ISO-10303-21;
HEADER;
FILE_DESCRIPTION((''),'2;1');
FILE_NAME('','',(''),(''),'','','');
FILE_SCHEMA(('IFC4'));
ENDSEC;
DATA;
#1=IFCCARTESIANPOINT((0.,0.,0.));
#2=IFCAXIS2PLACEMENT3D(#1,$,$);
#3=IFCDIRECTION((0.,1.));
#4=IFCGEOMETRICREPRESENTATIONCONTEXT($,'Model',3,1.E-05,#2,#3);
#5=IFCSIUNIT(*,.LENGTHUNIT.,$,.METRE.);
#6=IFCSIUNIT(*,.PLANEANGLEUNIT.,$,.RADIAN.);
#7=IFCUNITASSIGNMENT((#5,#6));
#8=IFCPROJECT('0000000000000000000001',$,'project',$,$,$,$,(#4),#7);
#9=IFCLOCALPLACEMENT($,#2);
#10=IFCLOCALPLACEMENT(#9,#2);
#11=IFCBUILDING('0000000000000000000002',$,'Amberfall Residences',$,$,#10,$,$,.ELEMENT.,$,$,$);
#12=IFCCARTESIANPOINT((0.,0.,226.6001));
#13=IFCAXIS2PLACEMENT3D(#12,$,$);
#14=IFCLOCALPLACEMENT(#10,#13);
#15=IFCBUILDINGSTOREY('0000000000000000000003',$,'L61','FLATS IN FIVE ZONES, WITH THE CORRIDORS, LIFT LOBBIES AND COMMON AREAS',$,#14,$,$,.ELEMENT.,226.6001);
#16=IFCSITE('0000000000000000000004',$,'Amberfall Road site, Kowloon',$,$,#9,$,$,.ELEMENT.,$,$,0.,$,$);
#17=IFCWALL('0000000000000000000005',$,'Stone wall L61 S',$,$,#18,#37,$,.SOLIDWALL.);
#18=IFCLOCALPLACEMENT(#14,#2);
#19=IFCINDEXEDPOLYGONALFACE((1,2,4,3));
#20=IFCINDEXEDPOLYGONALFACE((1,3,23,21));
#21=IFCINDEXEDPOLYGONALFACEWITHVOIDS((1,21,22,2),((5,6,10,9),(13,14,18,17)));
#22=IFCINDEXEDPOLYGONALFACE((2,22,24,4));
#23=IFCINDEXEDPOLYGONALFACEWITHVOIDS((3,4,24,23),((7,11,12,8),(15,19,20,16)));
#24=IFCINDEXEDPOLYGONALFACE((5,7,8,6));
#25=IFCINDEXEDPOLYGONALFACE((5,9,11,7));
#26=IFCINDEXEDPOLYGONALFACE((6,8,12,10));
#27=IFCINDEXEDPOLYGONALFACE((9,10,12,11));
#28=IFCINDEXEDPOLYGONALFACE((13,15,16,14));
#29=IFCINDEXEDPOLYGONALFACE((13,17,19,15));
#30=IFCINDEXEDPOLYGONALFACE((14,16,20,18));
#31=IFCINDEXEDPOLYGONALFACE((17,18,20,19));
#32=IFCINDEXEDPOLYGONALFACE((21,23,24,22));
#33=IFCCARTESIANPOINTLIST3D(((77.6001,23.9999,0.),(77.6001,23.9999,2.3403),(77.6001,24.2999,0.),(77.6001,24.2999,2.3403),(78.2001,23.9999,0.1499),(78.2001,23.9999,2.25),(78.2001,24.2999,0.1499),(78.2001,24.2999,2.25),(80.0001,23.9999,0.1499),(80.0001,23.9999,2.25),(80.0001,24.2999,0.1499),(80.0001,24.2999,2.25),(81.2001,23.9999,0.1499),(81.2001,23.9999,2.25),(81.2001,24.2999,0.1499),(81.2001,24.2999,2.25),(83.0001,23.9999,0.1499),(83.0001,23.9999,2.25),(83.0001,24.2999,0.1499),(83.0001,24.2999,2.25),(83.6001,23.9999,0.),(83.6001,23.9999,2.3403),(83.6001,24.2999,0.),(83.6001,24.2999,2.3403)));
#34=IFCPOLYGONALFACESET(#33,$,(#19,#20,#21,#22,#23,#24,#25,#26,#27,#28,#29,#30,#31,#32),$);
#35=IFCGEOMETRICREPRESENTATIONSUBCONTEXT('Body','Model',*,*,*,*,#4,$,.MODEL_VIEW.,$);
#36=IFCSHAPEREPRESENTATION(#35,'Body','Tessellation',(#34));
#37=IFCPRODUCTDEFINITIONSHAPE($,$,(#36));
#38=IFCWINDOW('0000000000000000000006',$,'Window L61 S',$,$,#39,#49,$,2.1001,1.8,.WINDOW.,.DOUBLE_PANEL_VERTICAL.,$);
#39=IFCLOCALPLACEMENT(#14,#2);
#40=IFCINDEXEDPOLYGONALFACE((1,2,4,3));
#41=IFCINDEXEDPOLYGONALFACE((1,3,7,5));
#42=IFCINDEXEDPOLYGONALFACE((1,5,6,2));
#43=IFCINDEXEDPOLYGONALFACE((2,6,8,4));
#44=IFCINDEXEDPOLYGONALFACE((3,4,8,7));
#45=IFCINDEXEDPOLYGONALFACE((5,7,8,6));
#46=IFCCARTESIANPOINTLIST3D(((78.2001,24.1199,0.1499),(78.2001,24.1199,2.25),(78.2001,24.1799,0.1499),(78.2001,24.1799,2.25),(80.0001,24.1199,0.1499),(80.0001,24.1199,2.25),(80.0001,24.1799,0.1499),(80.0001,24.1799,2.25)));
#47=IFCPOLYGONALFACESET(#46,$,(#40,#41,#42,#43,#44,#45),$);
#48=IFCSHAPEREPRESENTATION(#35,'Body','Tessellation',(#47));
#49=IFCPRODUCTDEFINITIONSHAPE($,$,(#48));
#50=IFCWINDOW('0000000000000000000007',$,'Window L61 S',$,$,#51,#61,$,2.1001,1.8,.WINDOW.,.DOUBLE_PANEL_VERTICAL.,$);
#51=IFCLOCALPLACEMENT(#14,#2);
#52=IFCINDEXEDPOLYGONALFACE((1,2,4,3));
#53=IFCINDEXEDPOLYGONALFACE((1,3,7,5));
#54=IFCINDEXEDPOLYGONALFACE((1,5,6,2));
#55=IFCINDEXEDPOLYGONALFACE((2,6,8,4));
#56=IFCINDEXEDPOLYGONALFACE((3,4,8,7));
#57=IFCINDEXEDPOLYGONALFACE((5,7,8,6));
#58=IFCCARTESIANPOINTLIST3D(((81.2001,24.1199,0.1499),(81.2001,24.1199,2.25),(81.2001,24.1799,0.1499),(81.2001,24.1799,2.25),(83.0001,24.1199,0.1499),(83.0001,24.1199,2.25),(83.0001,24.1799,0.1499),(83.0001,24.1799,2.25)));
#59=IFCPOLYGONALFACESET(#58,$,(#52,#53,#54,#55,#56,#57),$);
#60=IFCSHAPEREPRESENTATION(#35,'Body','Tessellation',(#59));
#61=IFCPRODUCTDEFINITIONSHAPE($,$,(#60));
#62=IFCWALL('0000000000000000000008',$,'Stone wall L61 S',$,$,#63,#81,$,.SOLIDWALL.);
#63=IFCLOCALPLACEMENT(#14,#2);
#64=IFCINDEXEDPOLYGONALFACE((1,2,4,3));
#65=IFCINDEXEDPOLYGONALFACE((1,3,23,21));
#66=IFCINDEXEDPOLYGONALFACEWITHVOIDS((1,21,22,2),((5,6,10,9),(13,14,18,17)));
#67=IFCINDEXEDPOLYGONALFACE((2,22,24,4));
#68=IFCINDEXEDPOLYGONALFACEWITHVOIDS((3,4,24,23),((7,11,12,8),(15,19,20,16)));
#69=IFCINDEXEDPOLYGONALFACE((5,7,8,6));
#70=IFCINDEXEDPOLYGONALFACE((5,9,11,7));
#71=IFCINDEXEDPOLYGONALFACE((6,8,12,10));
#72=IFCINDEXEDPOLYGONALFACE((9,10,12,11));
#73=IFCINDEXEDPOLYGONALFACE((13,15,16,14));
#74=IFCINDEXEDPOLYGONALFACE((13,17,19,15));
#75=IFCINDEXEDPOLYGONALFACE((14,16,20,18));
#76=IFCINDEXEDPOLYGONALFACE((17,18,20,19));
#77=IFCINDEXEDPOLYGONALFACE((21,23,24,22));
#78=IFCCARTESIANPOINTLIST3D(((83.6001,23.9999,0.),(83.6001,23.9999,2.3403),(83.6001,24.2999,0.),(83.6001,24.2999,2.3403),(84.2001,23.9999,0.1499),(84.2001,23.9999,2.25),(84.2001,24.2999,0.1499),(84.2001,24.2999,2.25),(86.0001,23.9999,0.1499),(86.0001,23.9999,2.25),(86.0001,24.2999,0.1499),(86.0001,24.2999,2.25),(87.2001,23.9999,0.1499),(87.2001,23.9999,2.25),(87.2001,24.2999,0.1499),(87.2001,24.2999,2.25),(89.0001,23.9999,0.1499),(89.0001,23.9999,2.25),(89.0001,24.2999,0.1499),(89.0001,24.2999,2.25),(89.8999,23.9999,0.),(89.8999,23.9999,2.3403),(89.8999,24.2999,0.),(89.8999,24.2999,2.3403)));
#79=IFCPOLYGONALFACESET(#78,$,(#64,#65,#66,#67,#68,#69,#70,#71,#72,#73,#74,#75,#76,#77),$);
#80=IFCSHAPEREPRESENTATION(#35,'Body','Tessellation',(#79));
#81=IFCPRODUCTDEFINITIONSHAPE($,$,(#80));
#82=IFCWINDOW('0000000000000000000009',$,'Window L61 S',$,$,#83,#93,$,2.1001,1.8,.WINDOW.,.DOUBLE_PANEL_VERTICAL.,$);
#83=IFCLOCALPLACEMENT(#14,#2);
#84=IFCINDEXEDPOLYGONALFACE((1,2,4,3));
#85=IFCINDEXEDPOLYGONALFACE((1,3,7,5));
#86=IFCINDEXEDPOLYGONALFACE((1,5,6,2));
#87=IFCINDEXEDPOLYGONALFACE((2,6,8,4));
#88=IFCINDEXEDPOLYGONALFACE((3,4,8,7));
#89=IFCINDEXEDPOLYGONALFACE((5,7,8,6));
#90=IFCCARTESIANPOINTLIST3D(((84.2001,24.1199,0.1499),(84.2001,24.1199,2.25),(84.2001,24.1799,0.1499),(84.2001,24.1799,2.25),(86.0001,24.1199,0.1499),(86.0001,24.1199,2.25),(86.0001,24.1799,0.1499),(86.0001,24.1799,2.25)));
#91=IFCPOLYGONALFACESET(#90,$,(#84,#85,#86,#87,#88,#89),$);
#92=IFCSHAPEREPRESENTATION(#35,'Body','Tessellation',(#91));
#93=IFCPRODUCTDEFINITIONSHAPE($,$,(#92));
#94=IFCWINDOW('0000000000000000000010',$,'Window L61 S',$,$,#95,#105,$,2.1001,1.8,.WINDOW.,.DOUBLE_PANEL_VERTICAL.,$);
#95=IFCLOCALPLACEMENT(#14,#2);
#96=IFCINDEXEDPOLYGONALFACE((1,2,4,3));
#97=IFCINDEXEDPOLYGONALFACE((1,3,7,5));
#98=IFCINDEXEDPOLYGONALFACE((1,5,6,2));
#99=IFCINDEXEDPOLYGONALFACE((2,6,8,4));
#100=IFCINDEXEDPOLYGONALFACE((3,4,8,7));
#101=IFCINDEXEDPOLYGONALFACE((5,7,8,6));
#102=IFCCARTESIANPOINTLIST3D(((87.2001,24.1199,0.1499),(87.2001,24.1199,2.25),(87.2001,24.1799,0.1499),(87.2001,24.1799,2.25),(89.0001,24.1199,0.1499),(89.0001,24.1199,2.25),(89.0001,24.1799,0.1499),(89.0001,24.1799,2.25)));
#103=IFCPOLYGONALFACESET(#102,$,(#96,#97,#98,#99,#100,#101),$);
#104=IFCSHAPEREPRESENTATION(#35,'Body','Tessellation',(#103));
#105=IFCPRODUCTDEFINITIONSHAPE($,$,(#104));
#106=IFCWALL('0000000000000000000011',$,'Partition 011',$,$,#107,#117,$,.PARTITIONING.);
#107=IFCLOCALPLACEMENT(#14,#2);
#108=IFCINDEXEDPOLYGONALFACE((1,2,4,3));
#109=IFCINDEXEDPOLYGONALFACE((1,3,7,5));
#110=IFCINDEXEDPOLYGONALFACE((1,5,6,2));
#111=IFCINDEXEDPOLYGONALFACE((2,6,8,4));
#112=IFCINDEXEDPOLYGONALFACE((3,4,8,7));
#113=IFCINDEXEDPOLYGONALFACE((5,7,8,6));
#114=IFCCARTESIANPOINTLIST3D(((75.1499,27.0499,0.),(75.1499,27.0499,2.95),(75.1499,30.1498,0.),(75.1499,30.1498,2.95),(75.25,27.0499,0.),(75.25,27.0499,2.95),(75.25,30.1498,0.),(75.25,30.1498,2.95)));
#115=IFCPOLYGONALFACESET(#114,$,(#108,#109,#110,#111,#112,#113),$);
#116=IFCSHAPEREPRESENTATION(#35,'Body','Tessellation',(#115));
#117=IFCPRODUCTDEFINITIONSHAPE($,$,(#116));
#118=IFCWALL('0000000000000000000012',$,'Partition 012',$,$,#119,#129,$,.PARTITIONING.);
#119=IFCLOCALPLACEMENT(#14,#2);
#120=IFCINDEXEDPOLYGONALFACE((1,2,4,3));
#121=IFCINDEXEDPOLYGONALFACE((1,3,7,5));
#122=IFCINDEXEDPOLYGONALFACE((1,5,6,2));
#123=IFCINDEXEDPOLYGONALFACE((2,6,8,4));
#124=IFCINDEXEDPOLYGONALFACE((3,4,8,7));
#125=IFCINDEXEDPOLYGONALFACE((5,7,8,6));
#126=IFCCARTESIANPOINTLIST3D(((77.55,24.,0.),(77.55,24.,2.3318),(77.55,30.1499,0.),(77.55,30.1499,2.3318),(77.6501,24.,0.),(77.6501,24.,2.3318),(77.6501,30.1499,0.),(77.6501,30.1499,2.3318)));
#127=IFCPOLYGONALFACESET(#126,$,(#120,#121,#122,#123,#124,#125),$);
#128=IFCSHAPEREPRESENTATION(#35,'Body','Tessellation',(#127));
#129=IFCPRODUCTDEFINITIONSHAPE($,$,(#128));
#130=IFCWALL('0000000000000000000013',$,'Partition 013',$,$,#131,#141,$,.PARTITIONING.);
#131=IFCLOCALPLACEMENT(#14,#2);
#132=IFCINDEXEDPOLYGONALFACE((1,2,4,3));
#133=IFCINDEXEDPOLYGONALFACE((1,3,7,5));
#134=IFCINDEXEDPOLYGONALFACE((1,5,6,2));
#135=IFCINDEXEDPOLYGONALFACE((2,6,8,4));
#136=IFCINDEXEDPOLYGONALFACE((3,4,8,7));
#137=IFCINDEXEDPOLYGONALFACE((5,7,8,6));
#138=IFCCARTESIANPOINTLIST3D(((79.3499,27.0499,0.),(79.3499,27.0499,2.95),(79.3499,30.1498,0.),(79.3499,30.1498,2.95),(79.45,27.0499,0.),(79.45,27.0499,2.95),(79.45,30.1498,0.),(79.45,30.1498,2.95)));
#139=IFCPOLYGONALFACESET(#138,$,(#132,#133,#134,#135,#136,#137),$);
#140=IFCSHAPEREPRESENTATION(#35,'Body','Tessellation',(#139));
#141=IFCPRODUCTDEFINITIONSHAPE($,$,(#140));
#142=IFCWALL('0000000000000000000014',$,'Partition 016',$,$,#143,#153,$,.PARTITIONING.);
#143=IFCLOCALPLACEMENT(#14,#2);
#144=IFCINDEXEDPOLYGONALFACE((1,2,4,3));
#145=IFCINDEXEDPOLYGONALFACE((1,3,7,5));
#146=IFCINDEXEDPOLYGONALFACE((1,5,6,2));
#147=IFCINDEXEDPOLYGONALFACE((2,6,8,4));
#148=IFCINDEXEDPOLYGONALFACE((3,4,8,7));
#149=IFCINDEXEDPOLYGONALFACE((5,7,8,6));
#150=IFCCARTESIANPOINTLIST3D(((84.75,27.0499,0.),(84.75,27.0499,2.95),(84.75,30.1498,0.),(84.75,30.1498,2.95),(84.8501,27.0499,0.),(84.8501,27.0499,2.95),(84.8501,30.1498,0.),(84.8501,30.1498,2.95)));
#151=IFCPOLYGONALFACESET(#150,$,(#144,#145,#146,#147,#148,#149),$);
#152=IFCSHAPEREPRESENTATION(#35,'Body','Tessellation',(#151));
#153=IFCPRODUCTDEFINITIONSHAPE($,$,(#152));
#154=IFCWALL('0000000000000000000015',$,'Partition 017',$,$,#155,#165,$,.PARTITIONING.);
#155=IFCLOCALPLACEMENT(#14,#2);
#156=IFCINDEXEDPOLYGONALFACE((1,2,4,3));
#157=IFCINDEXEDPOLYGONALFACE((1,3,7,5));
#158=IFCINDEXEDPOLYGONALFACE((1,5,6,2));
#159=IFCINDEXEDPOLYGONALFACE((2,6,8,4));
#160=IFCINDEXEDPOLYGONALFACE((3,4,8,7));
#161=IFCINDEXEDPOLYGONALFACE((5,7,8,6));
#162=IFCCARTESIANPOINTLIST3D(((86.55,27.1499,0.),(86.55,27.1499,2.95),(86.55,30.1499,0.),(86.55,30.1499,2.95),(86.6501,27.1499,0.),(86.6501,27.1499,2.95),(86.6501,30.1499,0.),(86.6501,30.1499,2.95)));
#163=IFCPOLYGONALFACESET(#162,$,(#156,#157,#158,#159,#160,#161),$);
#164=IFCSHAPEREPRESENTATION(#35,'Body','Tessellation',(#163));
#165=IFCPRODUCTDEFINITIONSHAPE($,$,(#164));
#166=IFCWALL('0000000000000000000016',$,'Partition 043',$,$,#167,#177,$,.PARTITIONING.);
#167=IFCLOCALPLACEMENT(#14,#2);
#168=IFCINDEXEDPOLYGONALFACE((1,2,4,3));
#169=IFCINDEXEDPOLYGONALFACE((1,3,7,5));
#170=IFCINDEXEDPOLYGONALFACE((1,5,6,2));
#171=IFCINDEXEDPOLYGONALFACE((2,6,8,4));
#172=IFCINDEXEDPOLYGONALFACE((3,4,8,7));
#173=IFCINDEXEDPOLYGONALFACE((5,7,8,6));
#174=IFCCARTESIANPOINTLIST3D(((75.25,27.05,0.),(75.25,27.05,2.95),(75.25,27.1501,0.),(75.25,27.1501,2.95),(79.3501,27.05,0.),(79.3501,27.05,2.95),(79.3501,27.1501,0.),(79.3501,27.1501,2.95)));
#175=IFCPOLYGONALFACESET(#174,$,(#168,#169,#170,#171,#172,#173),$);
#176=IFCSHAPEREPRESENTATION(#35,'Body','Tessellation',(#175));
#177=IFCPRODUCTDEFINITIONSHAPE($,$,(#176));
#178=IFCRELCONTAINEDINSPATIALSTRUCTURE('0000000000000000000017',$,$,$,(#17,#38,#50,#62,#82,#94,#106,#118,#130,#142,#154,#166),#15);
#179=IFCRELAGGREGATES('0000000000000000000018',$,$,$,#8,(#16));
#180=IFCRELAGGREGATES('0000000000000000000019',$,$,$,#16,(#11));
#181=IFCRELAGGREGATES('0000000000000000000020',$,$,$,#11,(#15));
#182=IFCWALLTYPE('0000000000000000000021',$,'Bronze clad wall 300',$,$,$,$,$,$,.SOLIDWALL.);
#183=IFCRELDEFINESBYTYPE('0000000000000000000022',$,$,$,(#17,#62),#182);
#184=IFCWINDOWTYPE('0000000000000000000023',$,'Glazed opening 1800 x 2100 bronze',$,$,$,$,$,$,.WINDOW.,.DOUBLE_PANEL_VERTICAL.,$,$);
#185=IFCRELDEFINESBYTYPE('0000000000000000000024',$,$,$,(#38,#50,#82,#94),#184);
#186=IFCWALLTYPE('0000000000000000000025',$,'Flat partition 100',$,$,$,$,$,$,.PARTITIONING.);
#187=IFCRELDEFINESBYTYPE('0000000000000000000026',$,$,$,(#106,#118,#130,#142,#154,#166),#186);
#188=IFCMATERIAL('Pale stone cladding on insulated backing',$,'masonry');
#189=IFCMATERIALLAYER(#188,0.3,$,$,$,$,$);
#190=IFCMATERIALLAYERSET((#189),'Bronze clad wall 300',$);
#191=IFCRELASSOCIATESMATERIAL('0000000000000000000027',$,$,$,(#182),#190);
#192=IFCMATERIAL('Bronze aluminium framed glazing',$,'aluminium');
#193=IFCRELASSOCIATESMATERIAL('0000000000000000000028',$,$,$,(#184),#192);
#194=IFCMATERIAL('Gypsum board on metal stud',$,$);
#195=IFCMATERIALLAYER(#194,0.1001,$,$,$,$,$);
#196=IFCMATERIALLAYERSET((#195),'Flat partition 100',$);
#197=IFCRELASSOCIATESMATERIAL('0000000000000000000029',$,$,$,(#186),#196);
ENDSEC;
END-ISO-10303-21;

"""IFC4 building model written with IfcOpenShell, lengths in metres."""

from ifc_helpers import new_model, si_unit, direction, frame, frame_2d, origin, place, context, subcontext, project, spatial, rectangle, extrude, material, layer, layer_set, type_object, element, fill, save


model = new_model("IFC4")

# Units and contexts
model_context = context("Model", 3, precision=1e-05, world=origin(), true_north=direction((0.0, 1.0)))
body_context = subcontext(model_context, "Body", "Model", "MODEL_VIEW")
ifc_project = project(units=[si_unit("LENGTHUNIT", "METRE"), si_unit("PLANEANGLEUNIT", "RADIAN")], contexts=[model_context])

# Site, building, storey
site_placement = place(None, origin())
site = spatial("IfcSite", under=ifc_project, at=site_placement, Name="Amberfall Road site, Kowloon", CompositionType="ELEMENT", RefElevation=0.0)
building_placement = place(site_placement, origin())
building = spatial("IfcBuilding", under=site, at=building_placement, Name="Amberfall Residences", CompositionType="ELEMENT")
storey_placement = place(building_placement, frame((0.0, 0.0, 226.6001)))
storey = spatial("IfcBuildingStorey", under=building, at=storey_placement, Name="L61", Description="FLATS IN FIVE ZONES, WITH THE CORRIDORS, LIFT LOBBIES AND COMMON AREAS", CompositionType="ELEMENT", Elevation=226.6001)

# Shared definitions
ifc_material_1 = material(Name="Pale stone cladding on insulated backing", Category="masonry")
ifc_layer_1 = layer(ifc_material_1, 0.3)
ifc_layer_set_1 = layer_set([ifc_layer_1], Name="Bronze clad wall 300")
wall_type_1 = type_object("IfcWallType", Name="Bronze clad wall 300", PredefinedType="SOLIDWALL", material=ifc_layer_set_1)

# Walls, openings, windows
wall_1_placement = place(storey_placement, frame((77.6001, 24.1499, 0.0), z_axis=(0.0, 0.0, 1.0), x_axis=(1.0, 0.0, 0.0)))
wall_1 = element("IfcWall", 1, at=wall_1_placement, inside=storey, type_object=wall_type_1, Name="Stone wall L61 S", PredefinedType="SOLIDWALL", context=body_context, shape_type="SweptSolid", body=[
    extrude(rectangle(XDim=6.0, YDim=0.3, at=frame_2d((3.0, 0.0))), origin(), (0.0, 0.0, 1.0), 2.3403),
])
opening_1_placement = place(wall_1_placement, frame((0.6001, 0.0, 0.1499)))
opening_1 = element("IfcOpeningElement", 2, at=opening_1_placement, cuts=wall_1, PredefinedType="OPENING", context=body_context, shape_type="SweptSolid", body=[
    extrude(rectangle(XDim=1.8, YDim=2.1001, at=frame_2d((0.8999, 1.05))), frame((0.0, 0.1599, 0.0), z_axis=(0.0, -1.0, 0.0), x_axis=(1.0, 0.0, 0.0)), (0.0, 0.0, 1.0), 0.3201),
])
opening_2_placement = place(wall_1_placement, frame((3.6001, 0.0, 0.1499)))
opening_2 = element("IfcOpeningElement", 3, at=opening_2_placement, cuts=wall_1, PredefinedType="OPENING", context=body_context, shape_type="SweptSolid", body=[
    extrude(rectangle(XDim=1.8, YDim=2.1001, at=frame_2d((0.8999, 1.05))), frame((0.0, 0.1599, 0.0), z_axis=(0.0, -1.0, 0.0), x_axis=(1.0, 0.0, 0.0)), (0.0, 0.0, 1.0), 0.3201),
])
ifc_material_2 = material(Name="Bronze aluminium framed glazing", Category="aluminium")
window_type = type_object("IfcWindowType", Name="Glazed opening 1800 x 2100 bronze", PartitioningType="DOUBLE_PANEL_VERTICAL", PredefinedType="WINDOW", material=ifc_material_2)
window_1_placement = place(opening_1_placement, origin())
window_1 = element("IfcWindow", 4, at=window_1_placement, inside=storey, type_object=window_type, Name="Window L61 S", OverallHeight=2.1001, OverallWidth=1.8, PartitioningType="DOUBLE_PANEL_VERTICAL", PredefinedType="WINDOW", context=body_context, shape_type="SweptSolid", body=[
    extrude(rectangle(XDim=1.8, YDim=2.1001, at=frame_2d((0.8999, 1.05))), frame((0.0, 0.03, 0.0), z_axis=(0.0, -1.0, 0.0), x_axis=(1.0, 0.0, 0.0)), (0.0, 0.0, 1.0), 0.0601),
])
fill(opening_1, window_1)
window_2_placement = place(opening_2_placement, origin())
window_2 = element("IfcWindow", 5, at=window_2_placement, inside=storey, type_object=window_type, Name="Window L61 S", OverallHeight=2.1001, OverallWidth=1.8, PartitioningType="DOUBLE_PANEL_VERTICAL", PredefinedType="WINDOW", context=body_context, shape_type="SweptSolid", body=[
    extrude(rectangle(XDim=1.8, YDim=2.1001, at=frame_2d((0.8999, 1.05))), frame((0.0, 0.03, 0.0), z_axis=(0.0, -1.0, 0.0), x_axis=(1.0, 0.0, 0.0)), (0.0, 0.0, 1.0), 0.0601),
])
fill(opening_2, window_2)
wall_2_placement = place(storey_placement, frame((83.6001, 24.1499, 0.0), z_axis=(0.0, 0.0, 1.0), x_axis=(1.0, 0.0, 0.0)))
wall_2 = element("IfcWall", 6, at=wall_2_placement, inside=storey, type_object=wall_type_1, Name="Stone wall L61 S", PredefinedType="SOLIDWALL", context=body_context, shape_type="SweptSolid", body=[
    extrude(rectangle(XDim=6.2998, YDim=0.3, at=frame_2d((3.1499, 0.0))), origin(), (0.0, 0.0, 1.0), 2.3403),
])
opening_3_placement = place(wall_2_placement, frame((0.6001, 0.0, 0.1499)))
opening_3 = element("IfcOpeningElement", 7, at=opening_3_placement, cuts=wall_2, PredefinedType="OPENING", context=body_context, shape_type="SweptSolid", body=[
    extrude(rectangle(XDim=1.8, YDim=2.1001, at=frame_2d((0.8999, 1.05))), frame((0.0, 0.1599, 0.0), z_axis=(0.0, -1.0, 0.0), x_axis=(1.0, 0.0, 0.0)), (0.0, 0.0, 1.0), 0.3201),
])
opening_4_placement = place(wall_2_placement, frame((3.6001, 0.0, 0.1499)))
opening_4 = element("IfcOpeningElement", 8, at=opening_4_placement, cuts=wall_2, PredefinedType="OPENING", context=body_context, shape_type="SweptSolid", body=[
    extrude(rectangle(XDim=1.8, YDim=2.1001, at=frame_2d((0.8999, 1.05))), frame((0.0, 0.1599, 0.0), z_axis=(0.0, -1.0, 0.0), x_axis=(1.0, 0.0, 0.0)), (0.0, 0.0, 1.0), 0.3201),
])
window_3_placement = place(opening_3_placement, origin())
window_3 = element("IfcWindow", 9, at=window_3_placement, inside=storey, type_object=window_type, Name="Window L61 S", OverallHeight=2.1001, OverallWidth=1.8, PartitioningType="DOUBLE_PANEL_VERTICAL", PredefinedType="WINDOW", context=body_context, shape_type="SweptSolid", body=[
    extrude(rectangle(XDim=1.8, YDim=2.1001, at=frame_2d((0.8999, 1.05))), frame((0.0, 0.03, 0.0), z_axis=(0.0, -1.0, 0.0), x_axis=(1.0, 0.0, 0.0)), (0.0, 0.0, 1.0), 0.0601),
])
fill(opening_3, window_3)
window_4_placement = place(opening_4_placement, origin())
window_4 = element("IfcWindow", 10, at=window_4_placement, inside=storey, type_object=window_type, Name="Window L61 S", OverallHeight=2.1001, OverallWidth=1.8, PartitioningType="DOUBLE_PANEL_VERTICAL", PredefinedType="WINDOW", context=body_context, shape_type="SweptSolid", body=[
    extrude(rectangle(XDim=1.8, YDim=2.1001, at=frame_2d((0.8999, 1.05))), frame((0.0, 0.03, 0.0), z_axis=(0.0, -1.0, 0.0), x_axis=(1.0, 0.0, 0.0)), (0.0, 0.0, 1.0), 0.0601),
])
fill(opening_4, window_4)

# Walls
ifc_material_3 = material(Name="Gypsum board on metal stud")
ifc_layer_2 = layer(ifc_material_3, 0.1001)
ifc_layer_set_2 = layer_set([ifc_layer_2], Name="Flat partition 100")
wall_type_2 = type_object("IfcWallType", Name="Flat partition 100", PredefinedType="PARTITIONING", material=ifc_layer_set_2)
wall_3_placement = place(storey_placement, frame((75.2, 27.05, 0.0), z_axis=(0.0, 0.0, 1.0), x_axis=(0.0, 1.0, 0.0)))
element("IfcWall", 11, at=wall_3_placement, inside=storey, type_object=wall_type_2, Name="Partition 011", PredefinedType="PARTITIONING", context=body_context, shape_type="SweptSolid", body=[
    extrude(rectangle(XDim=3.0999, YDim=0.1001, at=frame_2d((1.5498, 0.0))), origin(), (0.0, 0.0, 1.0), 2.95),
])
wall_4_placement = place(storey_placement, frame((77.6001, 24.0, 0.0), z_axis=(0.0, 0.0, 1.0), x_axis=(0.0, 1.0, 0.0)))
element("IfcWall", 12, at=wall_4_placement, inside=storey, type_object=wall_type_2, Name="Partition 012", PredefinedType="PARTITIONING", context=body_context, shape_type="SweptSolid", body=[
    extrude(rectangle(XDim=6.1499, YDim=0.1001, at=frame_2d((3.075, 0.0))), origin(), (0.0, 0.0, 1.0), 2.3318),
])
for number, where, z_axis, x_axis, name in (
    (13, (79.3999, 27.05, 0.0), (0.0, 0.0, 1.0), (0.0, 1.0, 0.0), "Partition 013"),
    (14, (84.8, 27.05, 0.0), (0.0, 0.0, 1.0), (0.0, 1.0, 0.0), "Partition 016"),
):
    element("IfcWall", number, at=place(storey_placement, frame(where, z_axis=z_axis, x_axis=x_axis)), inside=storey, type_object=wall_type_2, Name=name, PredefinedType="PARTITIONING", context=body_context, shape_type="SweptSolid", body=[
        extrude(rectangle(XDim=3.0999, YDim=0.1001, at=frame_2d((1.5498, 0.0))), origin(), (0.0, 0.0, 1.0), 2.95),
    ])
wall_5_placement = place(storey_placement, frame((86.6001, 27.1499, 0.0), z_axis=(0.0, 0.0, 1.0), x_axis=(0.0, 1.0, 0.0)))
element("IfcWall", 15, at=wall_5_placement, inside=storey, type_object=wall_type_2, Name="Partition 017", PredefinedType="PARTITIONING", context=body_context, shape_type="SweptSolid", body=[
    extrude(rectangle(XDim=3.0, YDim=0.1001, at=frame_2d((1.5, 0.0))), origin(), (0.0, 0.0, 1.0), 2.95),
])
wall_6_placement = place(storey_placement, frame((75.25, 27.1001, 0.0), z_axis=(0.0, 0.0, 1.0), x_axis=(1.0, 0.0, 0.0)))
element("IfcWall", 16, at=wall_6_placement, inside=storey, type_object=wall_type_2, Name="Partition 043", PredefinedType="PARTITIONING", context=body_context, shape_type="SweptSolid", body=[
    extrude(rectangle(XDim=4.1001, YDim=0.1001, at=frame_2d((2.05, 0.0))), origin(), (0.0, 0.0, 1.0), 2.95),
])

save(model, "model.ifc")
